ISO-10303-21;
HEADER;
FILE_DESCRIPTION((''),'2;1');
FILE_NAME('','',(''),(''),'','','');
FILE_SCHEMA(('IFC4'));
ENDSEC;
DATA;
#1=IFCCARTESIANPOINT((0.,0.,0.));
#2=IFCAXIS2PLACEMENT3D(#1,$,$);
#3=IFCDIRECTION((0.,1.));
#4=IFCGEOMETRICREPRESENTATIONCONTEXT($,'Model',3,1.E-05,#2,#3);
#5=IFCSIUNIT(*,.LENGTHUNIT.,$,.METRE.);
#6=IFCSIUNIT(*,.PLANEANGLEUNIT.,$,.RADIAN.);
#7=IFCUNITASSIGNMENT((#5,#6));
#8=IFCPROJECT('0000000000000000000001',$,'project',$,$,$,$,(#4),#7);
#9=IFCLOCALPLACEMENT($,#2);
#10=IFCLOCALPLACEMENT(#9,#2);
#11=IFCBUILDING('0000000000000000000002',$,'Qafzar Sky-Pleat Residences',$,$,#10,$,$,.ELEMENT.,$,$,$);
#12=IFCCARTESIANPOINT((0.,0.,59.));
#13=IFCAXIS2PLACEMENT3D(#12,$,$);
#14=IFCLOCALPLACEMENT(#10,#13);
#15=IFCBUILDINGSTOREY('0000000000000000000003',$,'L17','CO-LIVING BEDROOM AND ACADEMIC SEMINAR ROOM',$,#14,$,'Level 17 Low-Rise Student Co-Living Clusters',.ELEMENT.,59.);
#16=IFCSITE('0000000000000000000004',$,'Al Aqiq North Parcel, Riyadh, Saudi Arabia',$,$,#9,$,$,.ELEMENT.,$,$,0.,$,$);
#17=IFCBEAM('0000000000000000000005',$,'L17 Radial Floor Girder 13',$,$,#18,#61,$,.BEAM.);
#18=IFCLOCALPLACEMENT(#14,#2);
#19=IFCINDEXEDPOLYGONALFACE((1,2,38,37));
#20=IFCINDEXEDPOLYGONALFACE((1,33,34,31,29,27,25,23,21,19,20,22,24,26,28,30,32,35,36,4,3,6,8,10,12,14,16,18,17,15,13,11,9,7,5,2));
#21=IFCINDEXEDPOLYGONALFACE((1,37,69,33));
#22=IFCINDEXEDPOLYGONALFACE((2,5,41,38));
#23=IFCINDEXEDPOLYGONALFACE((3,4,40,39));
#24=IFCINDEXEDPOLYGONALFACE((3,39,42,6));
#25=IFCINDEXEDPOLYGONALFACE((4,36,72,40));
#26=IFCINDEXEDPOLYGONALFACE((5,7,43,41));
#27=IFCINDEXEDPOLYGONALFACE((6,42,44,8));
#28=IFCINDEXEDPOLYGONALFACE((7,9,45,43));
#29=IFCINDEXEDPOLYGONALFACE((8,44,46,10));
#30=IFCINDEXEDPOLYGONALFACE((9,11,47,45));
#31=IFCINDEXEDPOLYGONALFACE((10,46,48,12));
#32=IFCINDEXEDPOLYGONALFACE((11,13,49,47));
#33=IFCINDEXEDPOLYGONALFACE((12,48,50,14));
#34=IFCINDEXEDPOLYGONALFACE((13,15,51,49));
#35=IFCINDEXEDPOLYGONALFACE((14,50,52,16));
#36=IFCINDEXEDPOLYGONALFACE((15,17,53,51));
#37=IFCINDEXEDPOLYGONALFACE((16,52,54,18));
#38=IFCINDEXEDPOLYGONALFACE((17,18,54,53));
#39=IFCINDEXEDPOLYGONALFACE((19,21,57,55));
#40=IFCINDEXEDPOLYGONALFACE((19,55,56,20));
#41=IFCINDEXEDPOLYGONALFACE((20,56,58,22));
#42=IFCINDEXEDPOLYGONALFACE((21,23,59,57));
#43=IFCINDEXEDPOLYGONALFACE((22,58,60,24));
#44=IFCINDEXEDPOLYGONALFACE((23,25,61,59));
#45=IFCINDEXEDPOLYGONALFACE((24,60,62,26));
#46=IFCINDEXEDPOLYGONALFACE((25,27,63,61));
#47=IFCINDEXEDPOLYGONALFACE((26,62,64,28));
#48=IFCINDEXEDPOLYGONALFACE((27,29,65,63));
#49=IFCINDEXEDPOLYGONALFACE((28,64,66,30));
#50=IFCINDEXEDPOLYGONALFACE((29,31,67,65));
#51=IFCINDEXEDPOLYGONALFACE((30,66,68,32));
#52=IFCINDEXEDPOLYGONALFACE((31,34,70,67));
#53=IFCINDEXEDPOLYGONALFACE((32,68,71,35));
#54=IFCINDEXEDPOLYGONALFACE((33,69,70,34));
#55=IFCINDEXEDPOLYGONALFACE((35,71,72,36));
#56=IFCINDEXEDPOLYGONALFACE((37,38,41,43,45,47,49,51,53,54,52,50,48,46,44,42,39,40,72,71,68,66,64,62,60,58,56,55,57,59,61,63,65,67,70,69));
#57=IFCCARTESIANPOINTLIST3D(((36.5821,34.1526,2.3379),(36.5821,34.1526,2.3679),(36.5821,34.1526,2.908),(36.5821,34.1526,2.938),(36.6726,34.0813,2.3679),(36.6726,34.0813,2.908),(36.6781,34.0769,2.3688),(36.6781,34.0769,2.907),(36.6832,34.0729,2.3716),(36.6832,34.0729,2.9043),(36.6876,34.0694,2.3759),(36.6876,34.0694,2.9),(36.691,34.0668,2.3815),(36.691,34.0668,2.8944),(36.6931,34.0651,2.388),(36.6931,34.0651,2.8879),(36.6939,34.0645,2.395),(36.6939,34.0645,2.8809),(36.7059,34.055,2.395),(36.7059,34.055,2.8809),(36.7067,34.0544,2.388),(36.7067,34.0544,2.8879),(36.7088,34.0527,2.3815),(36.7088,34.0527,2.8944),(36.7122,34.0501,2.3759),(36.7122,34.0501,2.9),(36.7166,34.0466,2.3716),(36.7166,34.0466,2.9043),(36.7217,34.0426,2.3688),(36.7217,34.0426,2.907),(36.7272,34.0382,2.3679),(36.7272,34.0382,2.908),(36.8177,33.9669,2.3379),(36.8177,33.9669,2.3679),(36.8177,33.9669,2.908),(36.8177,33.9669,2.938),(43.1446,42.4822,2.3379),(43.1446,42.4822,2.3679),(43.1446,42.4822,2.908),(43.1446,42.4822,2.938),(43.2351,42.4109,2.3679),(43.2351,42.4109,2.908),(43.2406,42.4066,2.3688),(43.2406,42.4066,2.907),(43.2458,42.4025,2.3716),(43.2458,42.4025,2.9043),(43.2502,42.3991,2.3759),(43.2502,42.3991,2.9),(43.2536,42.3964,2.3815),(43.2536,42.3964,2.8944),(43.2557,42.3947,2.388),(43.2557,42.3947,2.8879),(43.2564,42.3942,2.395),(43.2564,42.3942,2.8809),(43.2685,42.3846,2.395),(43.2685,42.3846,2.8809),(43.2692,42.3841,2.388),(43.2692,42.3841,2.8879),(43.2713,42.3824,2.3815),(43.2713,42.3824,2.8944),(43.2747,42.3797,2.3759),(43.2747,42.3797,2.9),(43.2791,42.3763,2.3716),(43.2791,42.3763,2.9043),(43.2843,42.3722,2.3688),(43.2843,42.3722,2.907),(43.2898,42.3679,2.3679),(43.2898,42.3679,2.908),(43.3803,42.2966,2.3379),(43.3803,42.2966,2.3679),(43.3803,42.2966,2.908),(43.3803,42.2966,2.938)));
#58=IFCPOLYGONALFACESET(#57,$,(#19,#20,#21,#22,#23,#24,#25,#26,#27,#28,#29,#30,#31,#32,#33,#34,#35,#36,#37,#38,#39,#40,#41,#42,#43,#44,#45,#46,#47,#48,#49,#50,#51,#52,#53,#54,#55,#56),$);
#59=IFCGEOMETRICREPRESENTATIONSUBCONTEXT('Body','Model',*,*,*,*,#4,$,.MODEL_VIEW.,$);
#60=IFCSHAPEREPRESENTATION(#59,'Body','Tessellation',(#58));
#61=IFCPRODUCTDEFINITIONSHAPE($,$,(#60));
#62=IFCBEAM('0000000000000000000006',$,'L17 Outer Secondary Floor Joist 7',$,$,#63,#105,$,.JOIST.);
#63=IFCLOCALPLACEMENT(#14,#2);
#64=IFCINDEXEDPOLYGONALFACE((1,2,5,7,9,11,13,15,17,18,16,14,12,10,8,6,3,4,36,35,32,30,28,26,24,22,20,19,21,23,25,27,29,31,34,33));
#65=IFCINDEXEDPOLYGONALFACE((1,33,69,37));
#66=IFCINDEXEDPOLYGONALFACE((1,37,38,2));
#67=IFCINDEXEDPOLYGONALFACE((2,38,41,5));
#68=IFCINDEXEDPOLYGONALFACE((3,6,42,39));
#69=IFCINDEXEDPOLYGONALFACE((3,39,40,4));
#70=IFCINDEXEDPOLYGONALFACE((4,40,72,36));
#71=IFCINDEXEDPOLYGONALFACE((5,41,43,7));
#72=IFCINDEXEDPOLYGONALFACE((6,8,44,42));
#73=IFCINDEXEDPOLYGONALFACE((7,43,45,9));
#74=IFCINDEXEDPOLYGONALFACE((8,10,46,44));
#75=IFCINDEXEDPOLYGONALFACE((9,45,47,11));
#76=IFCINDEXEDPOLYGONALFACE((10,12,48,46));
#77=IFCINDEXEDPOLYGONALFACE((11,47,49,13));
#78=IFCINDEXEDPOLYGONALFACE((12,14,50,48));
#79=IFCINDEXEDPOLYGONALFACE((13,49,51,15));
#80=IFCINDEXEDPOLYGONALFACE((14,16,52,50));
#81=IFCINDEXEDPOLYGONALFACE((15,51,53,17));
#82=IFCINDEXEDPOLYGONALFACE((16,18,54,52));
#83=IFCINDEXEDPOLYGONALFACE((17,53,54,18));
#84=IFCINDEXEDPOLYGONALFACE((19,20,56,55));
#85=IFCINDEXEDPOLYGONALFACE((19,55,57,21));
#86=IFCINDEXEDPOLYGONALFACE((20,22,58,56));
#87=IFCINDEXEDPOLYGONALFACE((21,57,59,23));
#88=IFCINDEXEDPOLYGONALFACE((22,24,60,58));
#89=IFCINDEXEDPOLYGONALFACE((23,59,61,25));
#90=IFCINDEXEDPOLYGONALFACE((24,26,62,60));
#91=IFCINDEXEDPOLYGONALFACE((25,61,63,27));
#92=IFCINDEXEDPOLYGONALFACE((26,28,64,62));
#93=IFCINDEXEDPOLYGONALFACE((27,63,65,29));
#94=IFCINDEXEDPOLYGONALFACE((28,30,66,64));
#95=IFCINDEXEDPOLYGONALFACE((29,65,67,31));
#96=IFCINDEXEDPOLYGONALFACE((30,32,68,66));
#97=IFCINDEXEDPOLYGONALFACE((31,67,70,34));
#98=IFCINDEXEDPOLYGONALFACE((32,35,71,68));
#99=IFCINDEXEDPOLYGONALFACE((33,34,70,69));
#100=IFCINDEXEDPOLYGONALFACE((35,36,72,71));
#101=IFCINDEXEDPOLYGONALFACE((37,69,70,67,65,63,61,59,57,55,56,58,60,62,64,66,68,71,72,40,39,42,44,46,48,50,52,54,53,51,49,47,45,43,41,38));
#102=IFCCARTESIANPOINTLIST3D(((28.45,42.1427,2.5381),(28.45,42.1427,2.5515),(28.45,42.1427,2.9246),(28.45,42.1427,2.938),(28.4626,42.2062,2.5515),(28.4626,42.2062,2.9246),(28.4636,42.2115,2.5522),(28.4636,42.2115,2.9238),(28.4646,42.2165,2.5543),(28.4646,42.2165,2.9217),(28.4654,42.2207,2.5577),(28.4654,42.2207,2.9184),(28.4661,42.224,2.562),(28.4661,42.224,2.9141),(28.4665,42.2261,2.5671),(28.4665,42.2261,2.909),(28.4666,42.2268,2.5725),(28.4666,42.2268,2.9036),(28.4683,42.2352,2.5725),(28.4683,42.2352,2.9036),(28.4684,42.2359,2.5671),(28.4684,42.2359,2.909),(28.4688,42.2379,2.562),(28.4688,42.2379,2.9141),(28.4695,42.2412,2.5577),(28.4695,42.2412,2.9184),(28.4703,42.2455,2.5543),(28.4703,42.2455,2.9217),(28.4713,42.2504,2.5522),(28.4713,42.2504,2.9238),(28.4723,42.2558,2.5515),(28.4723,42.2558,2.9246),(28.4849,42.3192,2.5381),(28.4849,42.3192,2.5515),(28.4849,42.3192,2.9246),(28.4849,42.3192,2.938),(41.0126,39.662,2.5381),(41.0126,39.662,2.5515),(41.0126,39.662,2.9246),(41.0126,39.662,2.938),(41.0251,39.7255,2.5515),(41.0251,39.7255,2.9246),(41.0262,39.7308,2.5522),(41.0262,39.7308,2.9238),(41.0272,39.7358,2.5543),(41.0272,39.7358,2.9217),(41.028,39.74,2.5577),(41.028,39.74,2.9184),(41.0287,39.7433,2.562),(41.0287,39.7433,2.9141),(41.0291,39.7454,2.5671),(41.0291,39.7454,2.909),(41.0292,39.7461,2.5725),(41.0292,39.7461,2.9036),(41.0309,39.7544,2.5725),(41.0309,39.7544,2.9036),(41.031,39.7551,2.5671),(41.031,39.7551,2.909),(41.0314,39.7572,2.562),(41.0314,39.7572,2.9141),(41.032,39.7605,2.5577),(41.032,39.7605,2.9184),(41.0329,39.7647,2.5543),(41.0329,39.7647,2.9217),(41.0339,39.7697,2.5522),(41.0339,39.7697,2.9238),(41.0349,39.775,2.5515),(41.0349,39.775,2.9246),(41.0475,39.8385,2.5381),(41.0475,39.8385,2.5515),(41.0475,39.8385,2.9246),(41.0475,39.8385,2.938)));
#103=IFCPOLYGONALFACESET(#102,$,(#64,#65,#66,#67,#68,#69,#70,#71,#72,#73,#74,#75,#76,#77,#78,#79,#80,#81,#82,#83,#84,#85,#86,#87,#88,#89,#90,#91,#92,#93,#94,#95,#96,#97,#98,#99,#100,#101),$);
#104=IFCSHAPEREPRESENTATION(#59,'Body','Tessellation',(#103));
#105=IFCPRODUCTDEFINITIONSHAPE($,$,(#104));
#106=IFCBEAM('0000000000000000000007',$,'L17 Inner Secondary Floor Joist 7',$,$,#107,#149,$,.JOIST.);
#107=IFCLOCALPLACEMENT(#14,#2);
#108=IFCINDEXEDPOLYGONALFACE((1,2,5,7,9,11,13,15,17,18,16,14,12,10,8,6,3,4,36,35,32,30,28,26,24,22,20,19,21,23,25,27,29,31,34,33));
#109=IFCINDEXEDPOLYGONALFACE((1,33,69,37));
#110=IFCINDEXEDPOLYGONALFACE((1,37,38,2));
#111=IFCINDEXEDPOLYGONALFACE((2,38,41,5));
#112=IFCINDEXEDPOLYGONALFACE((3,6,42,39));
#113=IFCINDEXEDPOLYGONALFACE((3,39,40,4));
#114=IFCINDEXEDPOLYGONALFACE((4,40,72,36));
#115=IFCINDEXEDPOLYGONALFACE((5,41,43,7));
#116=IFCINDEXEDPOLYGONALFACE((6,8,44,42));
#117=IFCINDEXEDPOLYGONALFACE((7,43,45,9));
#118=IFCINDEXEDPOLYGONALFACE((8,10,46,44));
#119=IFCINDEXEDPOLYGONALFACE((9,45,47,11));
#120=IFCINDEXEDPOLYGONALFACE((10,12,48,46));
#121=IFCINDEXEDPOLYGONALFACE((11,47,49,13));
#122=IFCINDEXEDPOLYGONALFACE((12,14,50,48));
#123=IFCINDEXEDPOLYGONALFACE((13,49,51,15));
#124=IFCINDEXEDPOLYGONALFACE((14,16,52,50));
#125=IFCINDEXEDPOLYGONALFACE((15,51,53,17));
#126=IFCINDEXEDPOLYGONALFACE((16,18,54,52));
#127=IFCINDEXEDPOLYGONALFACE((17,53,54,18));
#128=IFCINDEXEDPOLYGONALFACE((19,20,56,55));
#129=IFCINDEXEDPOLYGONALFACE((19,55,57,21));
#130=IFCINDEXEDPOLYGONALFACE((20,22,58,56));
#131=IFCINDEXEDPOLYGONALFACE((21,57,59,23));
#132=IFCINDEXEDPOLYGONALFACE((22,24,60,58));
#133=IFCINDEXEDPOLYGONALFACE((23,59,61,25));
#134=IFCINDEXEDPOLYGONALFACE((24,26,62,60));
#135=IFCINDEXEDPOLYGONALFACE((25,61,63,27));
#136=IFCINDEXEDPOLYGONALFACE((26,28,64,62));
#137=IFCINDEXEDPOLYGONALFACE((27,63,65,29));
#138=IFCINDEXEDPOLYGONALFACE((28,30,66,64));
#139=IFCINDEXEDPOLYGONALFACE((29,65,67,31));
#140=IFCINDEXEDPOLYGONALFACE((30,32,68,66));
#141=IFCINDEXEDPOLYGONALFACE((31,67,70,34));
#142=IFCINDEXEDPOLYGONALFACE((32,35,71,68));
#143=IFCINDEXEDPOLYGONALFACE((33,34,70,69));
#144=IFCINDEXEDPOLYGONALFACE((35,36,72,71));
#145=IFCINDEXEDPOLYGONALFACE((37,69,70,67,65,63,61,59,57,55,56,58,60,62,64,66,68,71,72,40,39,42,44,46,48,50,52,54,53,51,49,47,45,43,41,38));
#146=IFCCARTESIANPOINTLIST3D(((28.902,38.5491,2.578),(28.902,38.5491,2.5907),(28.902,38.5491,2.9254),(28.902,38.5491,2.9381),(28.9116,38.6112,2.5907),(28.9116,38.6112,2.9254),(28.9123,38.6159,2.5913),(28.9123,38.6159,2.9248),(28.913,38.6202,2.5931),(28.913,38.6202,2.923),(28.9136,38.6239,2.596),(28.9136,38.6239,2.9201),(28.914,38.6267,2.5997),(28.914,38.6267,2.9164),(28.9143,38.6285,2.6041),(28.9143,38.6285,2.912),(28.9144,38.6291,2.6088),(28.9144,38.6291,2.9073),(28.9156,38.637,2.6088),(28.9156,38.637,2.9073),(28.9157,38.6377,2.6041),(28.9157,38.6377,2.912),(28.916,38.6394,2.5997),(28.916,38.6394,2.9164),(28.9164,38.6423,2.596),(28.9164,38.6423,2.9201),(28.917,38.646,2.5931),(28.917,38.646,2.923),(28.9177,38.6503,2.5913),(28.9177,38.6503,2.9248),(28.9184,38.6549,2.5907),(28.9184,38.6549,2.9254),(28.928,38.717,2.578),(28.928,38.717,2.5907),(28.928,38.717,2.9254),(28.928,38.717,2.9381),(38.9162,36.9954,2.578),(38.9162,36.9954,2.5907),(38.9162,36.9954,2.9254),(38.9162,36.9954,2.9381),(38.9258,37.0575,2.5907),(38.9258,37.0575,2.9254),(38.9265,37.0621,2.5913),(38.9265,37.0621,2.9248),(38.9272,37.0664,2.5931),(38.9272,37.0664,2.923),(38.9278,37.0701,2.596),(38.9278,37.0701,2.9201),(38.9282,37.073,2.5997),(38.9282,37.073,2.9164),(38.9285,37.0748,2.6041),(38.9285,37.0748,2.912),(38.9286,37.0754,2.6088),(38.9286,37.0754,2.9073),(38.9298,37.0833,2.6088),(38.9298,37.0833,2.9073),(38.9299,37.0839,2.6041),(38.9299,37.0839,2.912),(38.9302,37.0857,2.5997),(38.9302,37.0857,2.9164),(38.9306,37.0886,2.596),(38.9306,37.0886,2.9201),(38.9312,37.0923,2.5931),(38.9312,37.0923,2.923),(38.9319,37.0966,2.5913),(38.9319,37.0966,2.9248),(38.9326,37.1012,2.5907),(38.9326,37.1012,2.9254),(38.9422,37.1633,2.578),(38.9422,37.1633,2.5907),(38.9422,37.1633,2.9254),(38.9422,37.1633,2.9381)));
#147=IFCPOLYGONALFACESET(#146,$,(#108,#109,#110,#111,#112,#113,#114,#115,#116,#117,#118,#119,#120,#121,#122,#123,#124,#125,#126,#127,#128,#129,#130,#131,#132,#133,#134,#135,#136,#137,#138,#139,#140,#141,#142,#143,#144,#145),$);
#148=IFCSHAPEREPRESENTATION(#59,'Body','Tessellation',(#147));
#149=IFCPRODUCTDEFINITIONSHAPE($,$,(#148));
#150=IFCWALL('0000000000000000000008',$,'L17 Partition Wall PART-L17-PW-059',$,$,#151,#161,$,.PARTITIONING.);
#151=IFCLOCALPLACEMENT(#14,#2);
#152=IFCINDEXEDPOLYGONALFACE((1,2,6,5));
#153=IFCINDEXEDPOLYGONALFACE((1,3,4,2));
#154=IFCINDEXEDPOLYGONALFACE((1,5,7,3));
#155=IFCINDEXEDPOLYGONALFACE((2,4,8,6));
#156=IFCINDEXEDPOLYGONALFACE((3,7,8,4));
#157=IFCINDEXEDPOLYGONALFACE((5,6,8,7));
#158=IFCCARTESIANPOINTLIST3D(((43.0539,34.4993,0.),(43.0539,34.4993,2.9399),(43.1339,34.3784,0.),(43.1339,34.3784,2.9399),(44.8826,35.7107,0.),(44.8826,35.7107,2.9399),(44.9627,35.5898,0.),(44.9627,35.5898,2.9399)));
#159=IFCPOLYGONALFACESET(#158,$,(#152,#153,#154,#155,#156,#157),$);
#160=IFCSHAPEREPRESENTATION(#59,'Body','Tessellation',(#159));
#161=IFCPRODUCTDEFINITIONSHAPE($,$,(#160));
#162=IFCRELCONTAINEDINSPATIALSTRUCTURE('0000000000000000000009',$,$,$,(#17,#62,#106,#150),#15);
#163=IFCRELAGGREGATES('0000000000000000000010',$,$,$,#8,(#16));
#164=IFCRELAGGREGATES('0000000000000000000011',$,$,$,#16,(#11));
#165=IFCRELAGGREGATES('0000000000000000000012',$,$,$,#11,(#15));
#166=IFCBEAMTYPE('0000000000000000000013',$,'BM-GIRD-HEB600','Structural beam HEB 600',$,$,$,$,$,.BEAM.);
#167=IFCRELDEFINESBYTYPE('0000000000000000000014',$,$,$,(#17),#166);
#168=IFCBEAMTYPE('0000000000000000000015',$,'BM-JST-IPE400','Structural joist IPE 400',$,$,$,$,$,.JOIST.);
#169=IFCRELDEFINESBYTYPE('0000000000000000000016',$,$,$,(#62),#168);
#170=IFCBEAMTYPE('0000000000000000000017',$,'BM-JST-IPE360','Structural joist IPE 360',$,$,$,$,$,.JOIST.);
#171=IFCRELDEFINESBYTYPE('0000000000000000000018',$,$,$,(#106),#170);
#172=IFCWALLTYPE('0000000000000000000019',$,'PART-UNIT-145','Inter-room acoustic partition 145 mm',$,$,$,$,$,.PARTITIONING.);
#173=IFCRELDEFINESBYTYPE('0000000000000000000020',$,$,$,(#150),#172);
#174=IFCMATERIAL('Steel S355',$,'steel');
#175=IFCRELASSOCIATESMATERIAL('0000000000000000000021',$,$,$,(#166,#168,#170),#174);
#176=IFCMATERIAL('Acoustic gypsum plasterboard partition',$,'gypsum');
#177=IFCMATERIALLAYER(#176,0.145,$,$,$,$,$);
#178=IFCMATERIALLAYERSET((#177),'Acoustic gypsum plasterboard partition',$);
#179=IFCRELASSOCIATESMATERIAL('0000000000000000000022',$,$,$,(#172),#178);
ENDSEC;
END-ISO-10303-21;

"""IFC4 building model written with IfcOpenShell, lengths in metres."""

from ifc_helpers import new_model, si_unit, direction, frame, frame_2d, origin, origin_2d, place, context, subcontext, project, spatial, rectangle, i_section, extrude, source, transform, mapped, material, layer, layer_set, material_profile, profile_set, type_object, element, save


model = new_model("IFC4")

# Units and contexts
model_context = context("Model", 3, precision=1e-05, world=origin(), true_north=direction((0.0, 1.0)))
body_context = subcontext(model_context, "Body", "Model", "MODEL_VIEW")
ifc_project = project(units=[si_unit("LENGTHUNIT", "METRE"), si_unit("PLANEANGLEUNIT", "RADIAN")], contexts=[model_context])

# Site, building, storey
site_placement = place(None, origin())
site = spatial("IfcSite", under=ifc_project, at=site_placement, Name="Al Aqiq North Parcel, Riyadh, Saudi Arabia", CompositionType="ELEMENT", RefElevation=0.0)
building_placement = place(site_placement, origin())
building = spatial("IfcBuilding", under=site, at=building_placement, Name="Qafzar Sky-Pleat Residences", CompositionType="ELEMENT")
storey_placement = place(building_placement, frame((0.0, 0.0, 59.0)))
storey = spatial("IfcBuildingStorey", under=building, at=storey_placement, Name="L17", Description="CO-LIVING BEDROOM AND ACADEMIC SEMINAR ROOM", LongName="Level 17 Low-Rise Student Co-Living Clusters", CompositionType="ELEMENT", Elevation=59.0)

# Beams
ifc_material_1 = material(Name="Steel S355", Category="steel")
ifc_material_profile_1 = material_profile(ifc_material_1, i_section(OverallWidth=0.3, OverallDepth=0.6001, WebThickness=0.0154, FlangeThickness=0.03, FilletRadius=0.0271, at=origin_2d()), Name="HEB 600")
ifc_profile_set_1 = profile_set([ifc_material_profile_1], Name="Steel S355")
beam_type_1 = type_object("IfcBeamType", Name="BM-GIRD-HEB600", Description="Structural beam HEB 600", PredefinedType="BEAM", material=ifc_profile_set_1)
shared_shape_1 = source(origin(), body_context, "Body", "SweptSolid", [
    extrude(i_section(OverallWidth=0.3, OverallDepth=0.6001, WebThickness=0.0154, FlangeThickness=0.03, FilletRadius=0.0271, at=origin_2d()), origin(), (0.0, 0.0, 1.0), 10.6042),
])
beam_1_placement = place(storey_placement, frame((43.2625, 42.3894, 2.6379), z_axis=(-0.61886, -0.785501, 0.0), x_axis=(0.785501, -0.61886, 0.0)))
element("IfcBeam", 1, at=beam_1_placement, inside=storey, type_object=beam_type_1, Name="L17 Radial Floor Girder 13", PredefinedType="BEAM", context=body_context, shape_type="MappedRepresentation", body=[
    mapped(shared_shape_1, transform((0.0, 0.0, 0.0), x_axis=(1.0, 0.0, 0.0), y_axis=(0.0, 1.0, 0.0), z_axis=(0.0, 0.0, 1.0), scale=1.0)),
])
ifc_material_profile_2 = material_profile(ifc_material_1, i_section(OverallWidth=0.1799, OverallDepth=0.3999, WebThickness=0.0085, FlangeThickness=0.0134, FilletRadius=0.021, at=origin_2d()), Name="IPE 400")
ifc_profile_set_2 = profile_set([ifc_material_profile_2], Name="Steel S355")
beam_type_2 = type_object("IfcBeamType", Name="BM-JST-IPE400", Description="Structural joist IPE 400", PredefinedType="JOIST", material=ifc_profile_set_2)
shared_shape_2 = source(origin(), body_context, "Body", "SweptSolid", [
    extrude(i_section(OverallWidth=0.1799, OverallDepth=0.3999, WebThickness=0.0085, FlangeThickness=0.0134, FilletRadius=0.021, at=origin_2d()), origin(), (0.0, 0.0, 1.0), 12.8052),
])
beam_2_placement = place(storey_placement, frame((41.03, 39.7502, 2.738), z_axis=(-0.981055, 0.193729, 0.0), x_axis=(-0.193729, -0.981055, 0.0)))
element("IfcBeam", 2, at=beam_2_placement, inside=storey, type_object=beam_type_2, Name="L17 Outer Secondary Floor Joist 7", PredefinedType="JOIST", context=body_context, shape_type="MappedRepresentation", body=[
    mapped(shared_shape_2, transform((0.0, 0.0, 0.0), x_axis=(1.0, 0.0, 0.0), y_axis=(0.0, 1.0, 0.0), z_axis=(0.0, 0.0, 1.0), scale=1.0)),
])
ifc_material_profile_3 = material_profile(ifc_material_1, i_section(OverallWidth=0.1699, OverallDepth=0.3601, WebThickness=0.0081, FlangeThickness=0.0127, FilletRadius=0.0181, at=origin_2d()), Name="IPE 360")
ifc_profile_set_3 = profile_set([ifc_material_profile_3], Name="Steel S355")
beam_type_3 = type_object("IfcBeamType", Name="BM-JST-IPE360", Description="Structural joist IPE 360", PredefinedType="JOIST", material=ifc_profile_set_3)
shared_shape_3 = source(origin(), body_context, "Body", "SweptSolid", [
    extrude(i_section(OverallWidth=0.1699, OverallDepth=0.3601, WebThickness=0.0081, FlangeThickness=0.0127, FilletRadius=0.0181, at=origin_2d()), origin(), (0.0, 0.0, 1.0), 10.134),
])
beam_3_placement = place(storey_placement, frame((38.9292, 37.0793, 2.7581), z_axis=(-0.988177, 0.153317, 0.0), x_axis=(-0.153317, -0.988177, 0.0)))
element("IfcBeam", 3, at=beam_3_placement, inside=storey, type_object=beam_type_3, Name="L17 Inner Secondary Floor Joist 7", PredefinedType="JOIST", context=body_context, shape_type="MappedRepresentation", body=[
    mapped(shared_shape_3, transform((0.0, 0.0, 0.0), x_axis=(1.0, 0.0, 0.0), y_axis=(0.0, 1.0, 0.0), z_axis=(0.0, 0.0, 1.0), scale=1.0)),
])

# Wall
ifc_material_2 = material(Name="Acoustic gypsum plasterboard partition", Category="gypsum")
ifc_layer_1 = layer(ifc_material_2, 0.145)
ifc_layer_set_1 = layer_set([ifc_layer_1], Name="Acoustic gypsum plasterboard partition")
wall_type_1 = type_object("IfcWallType", Name="PART-UNIT-145", Description="Inter-room acoustic partition 145 mm", PredefinedType="PARTITIONING", material=ifc_layer_set_1)
wall_1_placement = place(storey_placement, frame((43.094, 34.439, 0.0), z_axis=(0.0, 0.0, 1.0), x_axis=(0.83369, 0.552232, 0.0)))
element("IfcWall", 4, at=wall_1_placement, inside=storey, type_object=wall_type_1, Name="L17 Partition Wall PART-L17-PW-059", PredefinedType="PARTITIONING", context=body_context, shape_type="SweptSolid", body=[
    extrude(rectangle(XDim=2.1936, YDim=0.145, at=frame_2d((1.0967, 0.0))), origin(), (0.0, 0.0, 1.0), 2.9399),
])

save(model, "model.ifc")
